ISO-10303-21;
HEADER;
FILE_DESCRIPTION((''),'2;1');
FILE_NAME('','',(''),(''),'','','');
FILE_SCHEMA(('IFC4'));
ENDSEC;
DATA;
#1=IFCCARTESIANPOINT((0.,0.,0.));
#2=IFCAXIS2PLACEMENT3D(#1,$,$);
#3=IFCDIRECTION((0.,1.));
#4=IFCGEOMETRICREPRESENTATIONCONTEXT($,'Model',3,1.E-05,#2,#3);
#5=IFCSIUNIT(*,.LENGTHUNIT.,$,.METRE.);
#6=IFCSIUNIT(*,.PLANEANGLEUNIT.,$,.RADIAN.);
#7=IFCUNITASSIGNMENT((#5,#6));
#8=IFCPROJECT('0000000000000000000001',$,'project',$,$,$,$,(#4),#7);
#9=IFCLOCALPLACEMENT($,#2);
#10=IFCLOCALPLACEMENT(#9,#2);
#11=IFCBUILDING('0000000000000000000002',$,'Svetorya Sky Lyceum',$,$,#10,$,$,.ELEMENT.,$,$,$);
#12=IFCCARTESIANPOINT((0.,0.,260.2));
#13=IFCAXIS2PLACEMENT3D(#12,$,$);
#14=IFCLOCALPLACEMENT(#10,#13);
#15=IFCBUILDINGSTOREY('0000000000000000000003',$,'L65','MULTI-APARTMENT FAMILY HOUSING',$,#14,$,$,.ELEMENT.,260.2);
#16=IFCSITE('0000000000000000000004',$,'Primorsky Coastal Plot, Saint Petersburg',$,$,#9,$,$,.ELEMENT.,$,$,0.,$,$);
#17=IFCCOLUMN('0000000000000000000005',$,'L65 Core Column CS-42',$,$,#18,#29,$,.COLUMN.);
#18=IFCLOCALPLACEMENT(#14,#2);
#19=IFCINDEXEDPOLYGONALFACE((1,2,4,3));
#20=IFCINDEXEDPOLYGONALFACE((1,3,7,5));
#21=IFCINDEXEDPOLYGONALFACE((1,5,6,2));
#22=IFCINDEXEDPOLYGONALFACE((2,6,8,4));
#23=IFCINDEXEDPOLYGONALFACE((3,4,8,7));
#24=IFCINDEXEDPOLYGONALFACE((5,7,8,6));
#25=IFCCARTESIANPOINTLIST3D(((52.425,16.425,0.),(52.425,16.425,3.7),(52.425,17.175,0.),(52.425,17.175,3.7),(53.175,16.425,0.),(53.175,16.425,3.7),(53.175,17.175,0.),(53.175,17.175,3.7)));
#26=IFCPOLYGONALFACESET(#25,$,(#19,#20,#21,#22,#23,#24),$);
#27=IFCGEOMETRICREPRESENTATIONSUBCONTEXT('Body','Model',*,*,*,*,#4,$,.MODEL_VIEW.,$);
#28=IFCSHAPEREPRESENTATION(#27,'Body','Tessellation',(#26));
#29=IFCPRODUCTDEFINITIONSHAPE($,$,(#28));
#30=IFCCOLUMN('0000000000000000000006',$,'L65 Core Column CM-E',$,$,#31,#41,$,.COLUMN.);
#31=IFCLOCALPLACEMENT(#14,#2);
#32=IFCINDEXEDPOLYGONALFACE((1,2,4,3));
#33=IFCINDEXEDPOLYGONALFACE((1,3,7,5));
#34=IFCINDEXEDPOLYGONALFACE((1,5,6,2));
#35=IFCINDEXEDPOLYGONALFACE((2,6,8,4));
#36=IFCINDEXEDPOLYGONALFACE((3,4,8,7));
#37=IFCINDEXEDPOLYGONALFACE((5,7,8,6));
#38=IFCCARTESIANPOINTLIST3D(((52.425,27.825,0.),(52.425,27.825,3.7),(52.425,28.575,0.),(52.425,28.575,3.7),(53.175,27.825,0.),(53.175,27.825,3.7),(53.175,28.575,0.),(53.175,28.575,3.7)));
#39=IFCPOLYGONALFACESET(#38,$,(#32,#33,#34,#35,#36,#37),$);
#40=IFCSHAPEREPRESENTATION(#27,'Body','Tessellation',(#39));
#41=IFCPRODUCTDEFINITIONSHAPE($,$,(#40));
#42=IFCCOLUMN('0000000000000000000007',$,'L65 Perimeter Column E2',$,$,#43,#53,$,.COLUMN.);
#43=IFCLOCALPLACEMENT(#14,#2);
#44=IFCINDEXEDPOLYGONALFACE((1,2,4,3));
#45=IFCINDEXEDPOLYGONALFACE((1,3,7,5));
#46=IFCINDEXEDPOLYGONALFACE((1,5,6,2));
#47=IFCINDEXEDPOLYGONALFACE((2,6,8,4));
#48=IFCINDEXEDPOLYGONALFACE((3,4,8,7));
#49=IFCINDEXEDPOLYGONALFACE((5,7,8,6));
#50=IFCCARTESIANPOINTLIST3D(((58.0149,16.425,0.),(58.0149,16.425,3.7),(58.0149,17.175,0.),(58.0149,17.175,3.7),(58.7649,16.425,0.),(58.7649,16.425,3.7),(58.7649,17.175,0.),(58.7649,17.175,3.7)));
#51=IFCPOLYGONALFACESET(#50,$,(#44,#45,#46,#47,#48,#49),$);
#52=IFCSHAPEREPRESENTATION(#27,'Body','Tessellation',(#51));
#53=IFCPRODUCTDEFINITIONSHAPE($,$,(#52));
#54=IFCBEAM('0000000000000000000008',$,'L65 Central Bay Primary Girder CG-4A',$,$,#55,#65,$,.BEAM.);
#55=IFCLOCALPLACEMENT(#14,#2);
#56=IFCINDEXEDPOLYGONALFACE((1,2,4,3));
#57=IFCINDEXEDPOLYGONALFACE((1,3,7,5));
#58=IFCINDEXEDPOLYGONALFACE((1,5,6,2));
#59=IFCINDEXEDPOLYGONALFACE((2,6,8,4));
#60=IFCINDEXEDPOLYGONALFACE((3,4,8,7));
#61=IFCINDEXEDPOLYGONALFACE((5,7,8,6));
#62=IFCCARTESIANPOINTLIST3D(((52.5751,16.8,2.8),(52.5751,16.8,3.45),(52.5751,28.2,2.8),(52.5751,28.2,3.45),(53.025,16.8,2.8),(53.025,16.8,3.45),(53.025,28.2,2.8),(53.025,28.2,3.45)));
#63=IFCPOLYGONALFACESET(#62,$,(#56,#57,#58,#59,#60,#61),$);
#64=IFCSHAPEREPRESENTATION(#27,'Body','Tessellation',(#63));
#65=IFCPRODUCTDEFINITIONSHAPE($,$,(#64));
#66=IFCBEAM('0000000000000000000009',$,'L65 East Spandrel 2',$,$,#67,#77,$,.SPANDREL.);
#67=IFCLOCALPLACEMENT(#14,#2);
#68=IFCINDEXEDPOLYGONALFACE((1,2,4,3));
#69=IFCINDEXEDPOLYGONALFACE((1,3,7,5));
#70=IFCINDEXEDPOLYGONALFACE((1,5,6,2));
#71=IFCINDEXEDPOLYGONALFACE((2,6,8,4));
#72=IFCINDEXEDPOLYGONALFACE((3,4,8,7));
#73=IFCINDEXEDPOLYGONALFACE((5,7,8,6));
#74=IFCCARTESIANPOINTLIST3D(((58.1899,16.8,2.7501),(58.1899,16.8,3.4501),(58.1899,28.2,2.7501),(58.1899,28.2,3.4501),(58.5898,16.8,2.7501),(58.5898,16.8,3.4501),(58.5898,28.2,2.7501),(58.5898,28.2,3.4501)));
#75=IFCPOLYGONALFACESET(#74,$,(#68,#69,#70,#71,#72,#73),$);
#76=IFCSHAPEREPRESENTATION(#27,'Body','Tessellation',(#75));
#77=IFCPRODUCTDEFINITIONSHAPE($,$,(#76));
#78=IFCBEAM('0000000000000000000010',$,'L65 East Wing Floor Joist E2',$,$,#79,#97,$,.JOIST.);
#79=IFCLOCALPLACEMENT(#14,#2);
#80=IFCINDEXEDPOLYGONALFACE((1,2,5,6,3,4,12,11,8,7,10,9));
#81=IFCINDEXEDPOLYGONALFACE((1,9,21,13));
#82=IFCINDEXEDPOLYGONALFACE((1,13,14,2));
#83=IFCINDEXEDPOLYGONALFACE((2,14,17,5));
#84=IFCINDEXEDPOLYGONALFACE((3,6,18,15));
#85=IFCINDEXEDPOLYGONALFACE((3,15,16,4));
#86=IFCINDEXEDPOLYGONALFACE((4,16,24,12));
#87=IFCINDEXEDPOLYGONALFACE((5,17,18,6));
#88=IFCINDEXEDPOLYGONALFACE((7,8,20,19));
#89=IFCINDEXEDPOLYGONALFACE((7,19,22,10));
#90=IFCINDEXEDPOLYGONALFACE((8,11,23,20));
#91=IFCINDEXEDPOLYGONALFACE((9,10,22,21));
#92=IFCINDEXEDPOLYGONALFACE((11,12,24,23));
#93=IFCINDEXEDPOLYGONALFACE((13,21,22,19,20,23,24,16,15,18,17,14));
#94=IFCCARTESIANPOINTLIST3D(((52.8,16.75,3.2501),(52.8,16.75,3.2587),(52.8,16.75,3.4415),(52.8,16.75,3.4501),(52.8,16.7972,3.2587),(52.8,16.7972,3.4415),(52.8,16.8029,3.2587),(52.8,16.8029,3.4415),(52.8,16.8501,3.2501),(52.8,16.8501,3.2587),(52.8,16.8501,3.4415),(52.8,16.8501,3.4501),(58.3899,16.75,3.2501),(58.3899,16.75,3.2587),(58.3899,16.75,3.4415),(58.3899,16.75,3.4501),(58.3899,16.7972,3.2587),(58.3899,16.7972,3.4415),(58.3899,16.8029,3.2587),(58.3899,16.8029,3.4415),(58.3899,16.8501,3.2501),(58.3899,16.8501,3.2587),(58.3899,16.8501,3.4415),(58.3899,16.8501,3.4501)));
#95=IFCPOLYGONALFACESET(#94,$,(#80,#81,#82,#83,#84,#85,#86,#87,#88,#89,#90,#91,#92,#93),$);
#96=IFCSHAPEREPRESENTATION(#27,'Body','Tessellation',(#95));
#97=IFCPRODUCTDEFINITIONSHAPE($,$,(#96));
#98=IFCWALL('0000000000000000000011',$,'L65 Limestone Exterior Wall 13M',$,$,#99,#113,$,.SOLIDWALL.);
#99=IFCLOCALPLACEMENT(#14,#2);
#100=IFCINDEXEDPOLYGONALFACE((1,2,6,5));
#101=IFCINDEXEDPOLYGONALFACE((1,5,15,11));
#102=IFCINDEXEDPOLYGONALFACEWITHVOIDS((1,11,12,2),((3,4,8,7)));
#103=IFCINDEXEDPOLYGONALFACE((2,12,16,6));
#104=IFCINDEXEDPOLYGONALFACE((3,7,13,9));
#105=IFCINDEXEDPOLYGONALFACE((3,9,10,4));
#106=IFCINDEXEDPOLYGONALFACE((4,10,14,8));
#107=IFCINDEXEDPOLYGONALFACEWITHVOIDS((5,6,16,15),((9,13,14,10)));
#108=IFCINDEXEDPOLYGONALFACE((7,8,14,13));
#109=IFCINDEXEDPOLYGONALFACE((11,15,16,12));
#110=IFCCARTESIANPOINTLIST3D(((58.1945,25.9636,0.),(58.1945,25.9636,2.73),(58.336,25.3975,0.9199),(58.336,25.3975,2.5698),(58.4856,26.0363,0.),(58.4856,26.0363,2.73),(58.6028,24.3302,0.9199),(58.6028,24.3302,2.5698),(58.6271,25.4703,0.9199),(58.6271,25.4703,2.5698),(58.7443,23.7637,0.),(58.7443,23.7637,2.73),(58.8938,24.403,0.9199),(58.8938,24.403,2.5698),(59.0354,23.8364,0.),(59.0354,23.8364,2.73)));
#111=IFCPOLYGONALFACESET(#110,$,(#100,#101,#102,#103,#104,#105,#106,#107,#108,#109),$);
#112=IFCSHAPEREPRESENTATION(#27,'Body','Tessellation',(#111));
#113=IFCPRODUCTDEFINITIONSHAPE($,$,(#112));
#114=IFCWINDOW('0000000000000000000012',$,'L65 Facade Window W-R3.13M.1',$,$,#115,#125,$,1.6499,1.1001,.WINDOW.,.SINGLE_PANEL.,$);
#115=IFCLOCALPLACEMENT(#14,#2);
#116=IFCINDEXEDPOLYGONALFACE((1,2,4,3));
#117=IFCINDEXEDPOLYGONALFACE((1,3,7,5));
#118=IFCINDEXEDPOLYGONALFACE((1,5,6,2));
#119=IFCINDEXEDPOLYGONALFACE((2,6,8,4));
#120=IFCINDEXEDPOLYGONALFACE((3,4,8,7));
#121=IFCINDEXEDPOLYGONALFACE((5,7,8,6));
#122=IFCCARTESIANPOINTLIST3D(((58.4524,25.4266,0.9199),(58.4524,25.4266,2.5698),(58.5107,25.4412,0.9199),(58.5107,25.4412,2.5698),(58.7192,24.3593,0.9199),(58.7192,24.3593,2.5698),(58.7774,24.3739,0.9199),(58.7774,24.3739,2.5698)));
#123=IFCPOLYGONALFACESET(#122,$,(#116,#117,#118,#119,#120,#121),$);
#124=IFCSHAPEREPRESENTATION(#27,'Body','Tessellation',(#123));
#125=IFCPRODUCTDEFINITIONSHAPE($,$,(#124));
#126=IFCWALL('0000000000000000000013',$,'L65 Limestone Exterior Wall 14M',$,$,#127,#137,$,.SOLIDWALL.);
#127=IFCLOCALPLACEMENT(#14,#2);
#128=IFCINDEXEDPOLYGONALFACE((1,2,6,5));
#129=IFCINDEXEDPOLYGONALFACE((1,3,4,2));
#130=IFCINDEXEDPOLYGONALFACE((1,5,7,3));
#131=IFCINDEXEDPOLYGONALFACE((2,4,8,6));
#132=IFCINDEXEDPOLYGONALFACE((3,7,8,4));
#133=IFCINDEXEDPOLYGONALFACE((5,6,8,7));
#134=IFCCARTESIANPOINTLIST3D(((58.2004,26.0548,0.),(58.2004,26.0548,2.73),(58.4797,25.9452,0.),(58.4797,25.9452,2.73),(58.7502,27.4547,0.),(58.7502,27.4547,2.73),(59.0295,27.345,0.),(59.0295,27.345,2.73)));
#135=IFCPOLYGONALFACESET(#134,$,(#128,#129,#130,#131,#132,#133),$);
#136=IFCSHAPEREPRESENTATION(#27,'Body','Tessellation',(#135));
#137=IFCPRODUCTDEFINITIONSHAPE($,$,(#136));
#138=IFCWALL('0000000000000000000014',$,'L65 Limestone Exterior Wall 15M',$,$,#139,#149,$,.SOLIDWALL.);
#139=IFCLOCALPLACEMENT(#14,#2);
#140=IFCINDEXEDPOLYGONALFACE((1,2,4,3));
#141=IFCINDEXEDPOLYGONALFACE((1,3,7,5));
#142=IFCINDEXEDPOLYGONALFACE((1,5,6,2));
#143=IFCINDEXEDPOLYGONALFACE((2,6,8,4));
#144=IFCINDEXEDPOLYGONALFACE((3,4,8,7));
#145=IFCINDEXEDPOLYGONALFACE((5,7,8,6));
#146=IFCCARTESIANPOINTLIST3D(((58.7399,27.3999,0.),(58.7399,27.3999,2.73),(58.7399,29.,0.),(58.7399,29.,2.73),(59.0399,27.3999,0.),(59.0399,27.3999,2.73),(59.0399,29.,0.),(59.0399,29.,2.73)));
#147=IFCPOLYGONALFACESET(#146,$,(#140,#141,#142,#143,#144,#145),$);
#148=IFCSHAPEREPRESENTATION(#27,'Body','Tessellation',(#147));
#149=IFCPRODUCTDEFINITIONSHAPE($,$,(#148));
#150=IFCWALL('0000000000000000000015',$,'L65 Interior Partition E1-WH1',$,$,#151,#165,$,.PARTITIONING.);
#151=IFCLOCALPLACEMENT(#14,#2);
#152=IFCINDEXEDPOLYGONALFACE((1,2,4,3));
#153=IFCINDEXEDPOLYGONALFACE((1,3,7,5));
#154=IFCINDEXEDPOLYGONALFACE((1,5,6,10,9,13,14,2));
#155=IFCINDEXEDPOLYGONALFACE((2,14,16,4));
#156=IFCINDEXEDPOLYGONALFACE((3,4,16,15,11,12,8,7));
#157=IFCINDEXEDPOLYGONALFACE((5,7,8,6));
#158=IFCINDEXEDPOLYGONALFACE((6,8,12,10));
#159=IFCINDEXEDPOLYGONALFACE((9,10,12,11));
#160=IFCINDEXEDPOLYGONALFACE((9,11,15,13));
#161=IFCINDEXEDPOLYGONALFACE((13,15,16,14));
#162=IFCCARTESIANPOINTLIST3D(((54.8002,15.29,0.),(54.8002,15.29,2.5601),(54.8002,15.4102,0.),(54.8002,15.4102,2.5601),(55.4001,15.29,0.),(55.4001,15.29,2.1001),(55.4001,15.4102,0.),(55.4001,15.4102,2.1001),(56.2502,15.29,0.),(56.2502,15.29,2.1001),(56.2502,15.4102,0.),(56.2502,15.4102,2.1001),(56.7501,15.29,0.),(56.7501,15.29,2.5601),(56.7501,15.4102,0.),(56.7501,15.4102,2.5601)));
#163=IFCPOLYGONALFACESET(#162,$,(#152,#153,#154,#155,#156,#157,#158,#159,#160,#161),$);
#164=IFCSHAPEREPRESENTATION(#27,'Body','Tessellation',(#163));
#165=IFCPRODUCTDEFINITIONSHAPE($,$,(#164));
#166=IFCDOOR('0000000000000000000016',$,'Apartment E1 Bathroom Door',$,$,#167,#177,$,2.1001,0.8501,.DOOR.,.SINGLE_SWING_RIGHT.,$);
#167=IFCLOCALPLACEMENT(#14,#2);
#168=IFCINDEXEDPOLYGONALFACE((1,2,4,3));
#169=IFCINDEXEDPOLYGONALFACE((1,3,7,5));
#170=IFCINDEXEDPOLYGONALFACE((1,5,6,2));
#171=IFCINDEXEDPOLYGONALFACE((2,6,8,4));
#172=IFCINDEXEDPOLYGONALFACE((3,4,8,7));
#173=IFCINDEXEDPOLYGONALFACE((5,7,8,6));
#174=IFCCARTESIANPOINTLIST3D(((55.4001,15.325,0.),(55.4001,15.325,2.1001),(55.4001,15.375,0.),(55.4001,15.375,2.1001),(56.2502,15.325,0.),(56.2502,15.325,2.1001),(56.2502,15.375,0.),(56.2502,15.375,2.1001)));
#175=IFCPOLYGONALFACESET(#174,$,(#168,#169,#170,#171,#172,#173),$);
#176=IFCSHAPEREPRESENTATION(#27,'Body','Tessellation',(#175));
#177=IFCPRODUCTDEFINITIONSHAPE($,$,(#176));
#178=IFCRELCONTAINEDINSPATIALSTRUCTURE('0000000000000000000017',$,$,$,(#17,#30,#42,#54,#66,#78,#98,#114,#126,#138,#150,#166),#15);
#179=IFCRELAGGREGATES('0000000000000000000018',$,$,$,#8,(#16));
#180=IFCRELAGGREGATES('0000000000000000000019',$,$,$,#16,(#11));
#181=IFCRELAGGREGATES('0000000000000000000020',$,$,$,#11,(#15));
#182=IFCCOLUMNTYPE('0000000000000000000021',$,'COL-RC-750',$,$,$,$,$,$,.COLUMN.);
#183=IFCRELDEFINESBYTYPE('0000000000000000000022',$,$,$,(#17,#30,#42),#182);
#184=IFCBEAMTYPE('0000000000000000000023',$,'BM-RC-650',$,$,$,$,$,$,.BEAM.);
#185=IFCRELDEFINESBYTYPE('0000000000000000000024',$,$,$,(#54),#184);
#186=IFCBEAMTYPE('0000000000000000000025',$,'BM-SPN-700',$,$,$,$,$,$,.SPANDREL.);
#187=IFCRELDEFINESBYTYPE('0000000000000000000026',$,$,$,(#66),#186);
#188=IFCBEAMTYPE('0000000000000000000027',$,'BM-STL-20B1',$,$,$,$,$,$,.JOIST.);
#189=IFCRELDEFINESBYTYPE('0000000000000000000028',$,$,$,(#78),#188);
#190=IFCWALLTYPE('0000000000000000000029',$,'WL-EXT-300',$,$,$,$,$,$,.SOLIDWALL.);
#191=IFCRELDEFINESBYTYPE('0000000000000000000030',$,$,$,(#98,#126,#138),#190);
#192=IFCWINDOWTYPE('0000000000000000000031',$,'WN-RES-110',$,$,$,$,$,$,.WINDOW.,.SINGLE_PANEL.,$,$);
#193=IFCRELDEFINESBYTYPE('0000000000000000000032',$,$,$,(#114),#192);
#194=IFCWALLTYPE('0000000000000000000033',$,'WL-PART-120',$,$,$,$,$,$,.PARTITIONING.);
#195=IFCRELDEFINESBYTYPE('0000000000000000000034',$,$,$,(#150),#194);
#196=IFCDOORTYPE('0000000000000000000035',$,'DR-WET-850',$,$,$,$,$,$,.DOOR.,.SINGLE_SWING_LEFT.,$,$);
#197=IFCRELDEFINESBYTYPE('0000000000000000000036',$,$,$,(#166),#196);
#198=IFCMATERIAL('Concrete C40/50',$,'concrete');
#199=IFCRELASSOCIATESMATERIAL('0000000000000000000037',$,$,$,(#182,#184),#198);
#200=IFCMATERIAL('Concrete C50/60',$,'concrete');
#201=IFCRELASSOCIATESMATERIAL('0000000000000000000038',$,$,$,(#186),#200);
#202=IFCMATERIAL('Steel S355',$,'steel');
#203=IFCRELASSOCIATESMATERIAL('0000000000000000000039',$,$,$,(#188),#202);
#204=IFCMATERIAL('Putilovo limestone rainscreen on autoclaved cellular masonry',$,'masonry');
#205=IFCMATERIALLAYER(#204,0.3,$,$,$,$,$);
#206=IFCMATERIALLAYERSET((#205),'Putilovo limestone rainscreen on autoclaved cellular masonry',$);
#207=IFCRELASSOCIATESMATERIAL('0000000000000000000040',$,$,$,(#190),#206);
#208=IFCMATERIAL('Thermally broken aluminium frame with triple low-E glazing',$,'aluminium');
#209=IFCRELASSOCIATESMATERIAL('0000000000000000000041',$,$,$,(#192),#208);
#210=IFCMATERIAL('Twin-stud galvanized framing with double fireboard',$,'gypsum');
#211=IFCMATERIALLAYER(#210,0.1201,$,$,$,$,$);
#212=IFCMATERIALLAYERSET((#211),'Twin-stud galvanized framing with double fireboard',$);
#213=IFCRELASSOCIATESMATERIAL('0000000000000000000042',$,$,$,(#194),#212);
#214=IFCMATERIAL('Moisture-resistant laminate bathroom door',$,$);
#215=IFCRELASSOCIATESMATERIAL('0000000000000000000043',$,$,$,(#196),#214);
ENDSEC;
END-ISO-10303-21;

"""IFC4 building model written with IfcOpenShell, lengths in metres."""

from ifc_helpers import new_model, si_unit, direction, frame, frame_2d, origin, origin_2d, place, context, subcontext, project, spatial, rectangle, i_section, extrude, material, layer, layer_set, material_profile, profile_set, type_object, element, fill, save


model = new_model("IFC4")

# Units and contexts
model_context = context("Model", 3, precision=1e-05, world=origin(), true_north=direction((0.0, 1.0)))
body_context = subcontext(model_context, "Body", "Model", "MODEL_VIEW")
ifc_project = project(units=[si_unit("LENGTHUNIT", "METRE"), si_unit("PLANEANGLEUNIT", "RADIAN")], contexts=[model_context])

# Site, building, storey
site_placement = place(None, origin())
site = spatial("IfcSite", under=ifc_project, at=site_placement, Name="Primorsky Coastal Plot, Saint Petersburg", CompositionType="ELEMENT", RefElevation=0.0)
building_placement = place(site_placement, origin())
building = spatial("IfcBuilding", under=site, at=building_placement, Name="Svetorya Sky Lyceum", CompositionType="ELEMENT")
storey_placement = place(building_placement, frame((0.0, 0.0, 260.2)))
storey = spatial("IfcBuildingStorey", under=building, at=storey_placement, Name="L65", Description="MULTI-APARTMENT FAMILY HOUSING", CompositionType="ELEMENT", Elevation=260.2)

# Columns
ifc_material_1 = material(Name="Concrete C40/50", Category="concrete")
ifc_material_profile_1 = material_profile(ifc_material_1, rectangle(XDim=0.75, YDim=0.75, at=origin_2d()), Name="RC COL 750x750")
ifc_profile_set_1 = profile_set([ifc_material_profile_1], Name="Concrete C40/50")
column_type = type_object("IfcColumnType", Name="COL-RC-750", PredefinedType="COLUMN", material=ifc_profile_set_1)
for number, where, z_axis, x_axis, name in (
    (1, (52.8, 16.8, 0.0), (0.0, 0.0, 1.0), (1.0, 0.0, 0.0), "L65 Core Column CS-42"),
    (2, (52.8, 28.2, 0.0), (0.0, 0.0, 1.0), (1.0, 0.0, 0.0), "L65 Core Column CM-E"),
    (3, (58.3899, 16.8, 0.0), (0.0, 0.0, 1.0), (1.0, 0.0, 0.0), "L65 Perimeter Column E2"),
):
    element("IfcColumn", number, at=place(storey_placement, frame(where, z_axis=z_axis, x_axis=x_axis)), inside=storey, type_object=column_type, Name=name, PredefinedType="COLUMN", context=body_context, shape_type="SweptSolid", body=[
        extrude(rectangle(XDim=0.75, YDim=0.75, at=origin_2d()), origin(), (0.0, 0.0, 1.0), 3.7),
    ])

# Beams
ifc_material_profile_2 = material_profile(ifc_material_1, rectangle(XDim=0.45, YDim=0.6499, at=origin_2d()), Name="RC BEAM 450x650")
ifc_profile_set_2 = profile_set([ifc_material_profile_2], Name="Concrete C40/50")
beam_type_1 = type_object("IfcBeamType", Name="BM-RC-650", PredefinedType="BEAM", material=ifc_profile_set_2)
beam_1_placement = place(storey_placement, frame((52.8, 16.8, 3.125), z_axis=(0.0, 1.0, 0.0), x_axis=(-1.0, 0.0, 0.0)))
element("IfcBeam", 4, at=beam_1_placement, inside=storey, type_object=beam_type_1, Name="L65 Central Bay Primary Girder CG-4A", PredefinedType="BEAM", context=body_context, shape_type="SweptSolid", body=[
    extrude(rectangle(XDim=0.45, YDim=0.6499, at=origin_2d()), origin(), (0.0, 0.0, 1.0), 11.3999),
])
ifc_material_2 = material(Name="Concrete C50/60", Category="concrete")
ifc_material_profile_3 = material_profile(ifc_material_2, rectangle(XDim=0.3999, YDim=0.7, at=origin_2d()), Name="RC SPANDREL 400x700")
ifc_profile_set_3 = profile_set([ifc_material_profile_3], Name="Concrete C50/60")
beam_type_2 = type_object("IfcBeamType", Name="BM-SPN-700", PredefinedType="SPANDREL", material=ifc_profile_set_3)
beam_2_placement = place(storey_placement, frame((58.3899, 16.8, 3.1001), z_axis=(0.0, 1.0, 0.0), x_axis=(-1.0, 0.0, 0.0)))
element("IfcBeam", 5, at=beam_2_placement, inside=storey, type_object=beam_type_2, Name="L65 East Spandrel 2", PredefinedType="SPANDREL", context=body_context, shape_type="SweptSolid", body=[
    extrude(rectangle(XDim=0.3999, YDim=0.7, at=origin_2d()), origin(), (0.0, 0.0, 1.0), 11.3999),
])
ifc_material_3 = material(Name="Steel S355", Category="steel")
ifc_material_profile_4 = material_profile(ifc_material_3, i_section(OverallWidth=0.1001, OverallDepth=0.2, WebThickness=0.0056, FlangeThickness=0.0085, at=origin_2d()), Name="GOST 20B1")
ifc_profile_set_4 = profile_set([ifc_material_profile_4], Name="Steel S355")
beam_type_3 = type_object("IfcBeamType", Name="BM-STL-20B1", PredefinedType="JOIST", material=ifc_profile_set_4)
beam_3_placement = place(storey_placement, frame((52.8, 16.8, 3.3501), z_axis=(1.0, 0.0, 0.0), x_axis=(0.0, 1.0, 0.0)))
element("IfcBeam", 6, at=beam_3_placement, inside=storey, type_object=beam_type_3, Name="L65 East Wing Floor Joist E2", PredefinedType="JOIST", context=body_context, shape_type="SweptSolid", body=[
    extrude(i_section(OverallWidth=0.1001, OverallDepth=0.2, WebThickness=0.0056, FlangeThickness=0.0085, at=origin_2d()), origin(), (0.0, 0.0, 1.0), 5.5898),
])

# Wall, opening, window
ifc_material_4 = material(Name="Putilovo limestone rainscreen on autoclaved cellular masonry", Category="masonry")
ifc_layer_1 = layer(ifc_material_4, 0.3)
ifc_layer_set_1 = layer_set([ifc_layer_1], Name="Putilovo limestone rainscreen on autoclaved cellular masonry")
wall_type_1 = type_object("IfcWallType", Name="WL-EXT-300", PredefinedType="SOLIDWALL", material=ifc_layer_set_1)
wall_1_placement = place(storey_placement, frame((58.8899, 23.8, 0.0), z_axis=(0.0, 0.0, 1.0), x_axis=(-0.24246, 0.970161, 0.0)))
wall_1 = element("IfcWall", 7, at=wall_1_placement, inside=storey, type_object=wall_type_1, Name="L65 Limestone Exterior Wall 13M", PredefinedType="SOLIDWALL", context=body_context, shape_type="SweptSolid", body=[
    extrude(rectangle(XDim=2.2676, YDim=0.3, at=frame_2d((1.1338, 0.0))), origin(), (0.0, 0.0, 1.0), 2.73),
])
opening_1_placement = place(wall_1_placement, frame((0.584, 0.0, 0.9199)))
opening_1 = element("IfcOpeningElement", 8, at=opening_1_placement, cuts=wall_1, PredefinedType="OPENING", context=body_context, shape_type="SweptSolid", body=[
    extrude(rectangle(XDim=1.1001, YDim=1.6499, at=frame_2d((0.55, 0.825))), frame((0.0, 0.1599, 0.0), z_axis=(0.0, -1.0, 0.0), x_axis=(1.0, 0.0, 0.0)), (0.0, 0.0, 1.0), 0.3201),
])
ifc_material_5 = material(Name="Thermally broken aluminium frame with triple low-E glazing", Category="aluminium")
window_type = type_object("IfcWindowType", Name="WN-RES-110", PartitioningType="SINGLE_PANEL", PredefinedType="WINDOW", material=ifc_material_5)
window_placement = place(opening_1_placement, origin())
window = element("IfcWindow", 9, at=window_placement, inside=storey, type_object=window_type, Name="L65 Facade Window W-R3.13M.1", OverallHeight=1.6499, OverallWidth=1.1001, PartitioningType="SINGLE_PANEL", PredefinedType="WINDOW", context=body_context, shape_type="SweptSolid", body=[
    extrude(rectangle(XDim=1.1001, YDim=1.6499, at=frame_2d((0.55, 0.825))), frame((0.0, 0.03, 0.0), z_axis=(0.0, -1.0, 0.0), x_axis=(1.0, 0.0, 0.0)), (0.0, 0.0, 1.0), 0.0601),
])
fill(opening_1, window)

# Walls
wall_2_placement = place(storey_placement, frame((58.3401, 26.0, 0.0), z_axis=(0.0, 0.0, 1.0), x_axis=(0.365562, 0.930787, 0.0)))
element("IfcWall", 10, at=wall_2_placement, inside=storey, type_object=wall_type_1, Name="L65 Limestone Exterior Wall 14M", PredefinedType="SOLIDWALL", context=body_context, shape_type="SweptSolid", body=[
    extrude(rectangle(XDim=1.5039, YDim=0.3, at=frame_2d((0.752, 0.0))), origin(), (0.0, 0.0, 1.0), 2.73),
])
wall_3_placement = place(storey_placement, frame((58.8899, 27.3999, 0.0), z_axis=(0.0, 0.0, 1.0), x_axis=(0.0, 1.0, 0.0)))
element("IfcWall", 11, at=wall_3_placement, inside=storey, type_object=wall_type_1, Name="L65 Limestone Exterior Wall 15M", PredefinedType="SOLIDWALL", context=body_context, shape_type="SweptSolid", body=[
    extrude(rectangle(XDim=1.6001, YDim=0.3, at=frame_2d((0.8, 0.0))), origin(), (0.0, 0.0, 1.0), 2.73),
])

# Wall, opening, door
ifc_material_6 = material(Name="Twin-stud galvanized framing with double fireboard", Category="gypsum")
ifc_layer_2 = layer(ifc_material_6, 0.1201)
ifc_layer_set_2 = layer_set([ifc_layer_2], Name="Twin-stud galvanized framing with double fireboard")
wall_type_2 = type_object("IfcWallType", Name="WL-PART-120", PredefinedType="PARTITIONING", material=ifc_layer_set_2)
wall_4_placement = place(storey_placement, frame((54.8, 15.3501, 0.0), z_axis=(0.0, 0.0, 1.0), x_axis=(1.0, 0.0, 0.0)))
wall_4 = element("IfcWall", 12, at=wall_4_placement, inside=storey, type_object=wall_type_2, Name="L65 Interior Partition E1-WH1", PredefinedType="PARTITIONING", context=body_context, shape_type="SweptSolid", body=[
    extrude(rectangle(XDim=1.95, YDim=0.1201, at=frame_2d((0.9751, 0.0))), origin(), (0.0, 0.0, 1.0), 2.5601),
])
opening_2_placement = place(wall_4_placement, frame((0.6001, 0.0, 0.0)))
opening_2 = element("IfcOpeningElement", 13, at=opening_2_placement, cuts=wall_4, PredefinedType="OPENING", context=body_context, shape_type="SweptSolid", body=[
    extrude(rectangle(XDim=0.8501, YDim=2.1001, at=frame_2d((0.425, 1.05))), frame((0.0, 0.0701, 0.0), z_axis=(0.0, -1.0, 0.0), x_axis=(1.0, 0.0, 0.0)), (0.0, 0.0, 1.0), 0.1401),
])
ifc_material_7 = material(Name="Moisture-resistant laminate bathroom door")
door_type_1 = type_object("IfcDoorType", Name="DR-WET-850", OperationType="SINGLE_SWING_LEFT", PredefinedType="DOOR", material=ifc_material_7)
door_1_placement = place(opening_2_placement, origin())
door_1 = element("IfcDoor", 14, at=door_1_placement, inside=storey, type_object=door_type_1, Name="Apartment E1 Bathroom Door", OperationType="SINGLE_SWING_RIGHT", OverallHeight=2.1001, OverallWidth=0.8501, PredefinedType="DOOR", context=body_context, shape_type="SweptSolid", body=[
    extrude(rectangle(XDim=0.8501, YDim=2.1001, at=frame_2d((0.425, 1.05))), frame((0.0, 0.0249, 0.0), z_axis=(0.0, -1.0, 0.0), x_axis=(1.0, 0.0, 0.0)), (0.0, 0.0, 1.0), 0.05),
])
fill(opening_2, door_1)

save(model, "model.ifc")
